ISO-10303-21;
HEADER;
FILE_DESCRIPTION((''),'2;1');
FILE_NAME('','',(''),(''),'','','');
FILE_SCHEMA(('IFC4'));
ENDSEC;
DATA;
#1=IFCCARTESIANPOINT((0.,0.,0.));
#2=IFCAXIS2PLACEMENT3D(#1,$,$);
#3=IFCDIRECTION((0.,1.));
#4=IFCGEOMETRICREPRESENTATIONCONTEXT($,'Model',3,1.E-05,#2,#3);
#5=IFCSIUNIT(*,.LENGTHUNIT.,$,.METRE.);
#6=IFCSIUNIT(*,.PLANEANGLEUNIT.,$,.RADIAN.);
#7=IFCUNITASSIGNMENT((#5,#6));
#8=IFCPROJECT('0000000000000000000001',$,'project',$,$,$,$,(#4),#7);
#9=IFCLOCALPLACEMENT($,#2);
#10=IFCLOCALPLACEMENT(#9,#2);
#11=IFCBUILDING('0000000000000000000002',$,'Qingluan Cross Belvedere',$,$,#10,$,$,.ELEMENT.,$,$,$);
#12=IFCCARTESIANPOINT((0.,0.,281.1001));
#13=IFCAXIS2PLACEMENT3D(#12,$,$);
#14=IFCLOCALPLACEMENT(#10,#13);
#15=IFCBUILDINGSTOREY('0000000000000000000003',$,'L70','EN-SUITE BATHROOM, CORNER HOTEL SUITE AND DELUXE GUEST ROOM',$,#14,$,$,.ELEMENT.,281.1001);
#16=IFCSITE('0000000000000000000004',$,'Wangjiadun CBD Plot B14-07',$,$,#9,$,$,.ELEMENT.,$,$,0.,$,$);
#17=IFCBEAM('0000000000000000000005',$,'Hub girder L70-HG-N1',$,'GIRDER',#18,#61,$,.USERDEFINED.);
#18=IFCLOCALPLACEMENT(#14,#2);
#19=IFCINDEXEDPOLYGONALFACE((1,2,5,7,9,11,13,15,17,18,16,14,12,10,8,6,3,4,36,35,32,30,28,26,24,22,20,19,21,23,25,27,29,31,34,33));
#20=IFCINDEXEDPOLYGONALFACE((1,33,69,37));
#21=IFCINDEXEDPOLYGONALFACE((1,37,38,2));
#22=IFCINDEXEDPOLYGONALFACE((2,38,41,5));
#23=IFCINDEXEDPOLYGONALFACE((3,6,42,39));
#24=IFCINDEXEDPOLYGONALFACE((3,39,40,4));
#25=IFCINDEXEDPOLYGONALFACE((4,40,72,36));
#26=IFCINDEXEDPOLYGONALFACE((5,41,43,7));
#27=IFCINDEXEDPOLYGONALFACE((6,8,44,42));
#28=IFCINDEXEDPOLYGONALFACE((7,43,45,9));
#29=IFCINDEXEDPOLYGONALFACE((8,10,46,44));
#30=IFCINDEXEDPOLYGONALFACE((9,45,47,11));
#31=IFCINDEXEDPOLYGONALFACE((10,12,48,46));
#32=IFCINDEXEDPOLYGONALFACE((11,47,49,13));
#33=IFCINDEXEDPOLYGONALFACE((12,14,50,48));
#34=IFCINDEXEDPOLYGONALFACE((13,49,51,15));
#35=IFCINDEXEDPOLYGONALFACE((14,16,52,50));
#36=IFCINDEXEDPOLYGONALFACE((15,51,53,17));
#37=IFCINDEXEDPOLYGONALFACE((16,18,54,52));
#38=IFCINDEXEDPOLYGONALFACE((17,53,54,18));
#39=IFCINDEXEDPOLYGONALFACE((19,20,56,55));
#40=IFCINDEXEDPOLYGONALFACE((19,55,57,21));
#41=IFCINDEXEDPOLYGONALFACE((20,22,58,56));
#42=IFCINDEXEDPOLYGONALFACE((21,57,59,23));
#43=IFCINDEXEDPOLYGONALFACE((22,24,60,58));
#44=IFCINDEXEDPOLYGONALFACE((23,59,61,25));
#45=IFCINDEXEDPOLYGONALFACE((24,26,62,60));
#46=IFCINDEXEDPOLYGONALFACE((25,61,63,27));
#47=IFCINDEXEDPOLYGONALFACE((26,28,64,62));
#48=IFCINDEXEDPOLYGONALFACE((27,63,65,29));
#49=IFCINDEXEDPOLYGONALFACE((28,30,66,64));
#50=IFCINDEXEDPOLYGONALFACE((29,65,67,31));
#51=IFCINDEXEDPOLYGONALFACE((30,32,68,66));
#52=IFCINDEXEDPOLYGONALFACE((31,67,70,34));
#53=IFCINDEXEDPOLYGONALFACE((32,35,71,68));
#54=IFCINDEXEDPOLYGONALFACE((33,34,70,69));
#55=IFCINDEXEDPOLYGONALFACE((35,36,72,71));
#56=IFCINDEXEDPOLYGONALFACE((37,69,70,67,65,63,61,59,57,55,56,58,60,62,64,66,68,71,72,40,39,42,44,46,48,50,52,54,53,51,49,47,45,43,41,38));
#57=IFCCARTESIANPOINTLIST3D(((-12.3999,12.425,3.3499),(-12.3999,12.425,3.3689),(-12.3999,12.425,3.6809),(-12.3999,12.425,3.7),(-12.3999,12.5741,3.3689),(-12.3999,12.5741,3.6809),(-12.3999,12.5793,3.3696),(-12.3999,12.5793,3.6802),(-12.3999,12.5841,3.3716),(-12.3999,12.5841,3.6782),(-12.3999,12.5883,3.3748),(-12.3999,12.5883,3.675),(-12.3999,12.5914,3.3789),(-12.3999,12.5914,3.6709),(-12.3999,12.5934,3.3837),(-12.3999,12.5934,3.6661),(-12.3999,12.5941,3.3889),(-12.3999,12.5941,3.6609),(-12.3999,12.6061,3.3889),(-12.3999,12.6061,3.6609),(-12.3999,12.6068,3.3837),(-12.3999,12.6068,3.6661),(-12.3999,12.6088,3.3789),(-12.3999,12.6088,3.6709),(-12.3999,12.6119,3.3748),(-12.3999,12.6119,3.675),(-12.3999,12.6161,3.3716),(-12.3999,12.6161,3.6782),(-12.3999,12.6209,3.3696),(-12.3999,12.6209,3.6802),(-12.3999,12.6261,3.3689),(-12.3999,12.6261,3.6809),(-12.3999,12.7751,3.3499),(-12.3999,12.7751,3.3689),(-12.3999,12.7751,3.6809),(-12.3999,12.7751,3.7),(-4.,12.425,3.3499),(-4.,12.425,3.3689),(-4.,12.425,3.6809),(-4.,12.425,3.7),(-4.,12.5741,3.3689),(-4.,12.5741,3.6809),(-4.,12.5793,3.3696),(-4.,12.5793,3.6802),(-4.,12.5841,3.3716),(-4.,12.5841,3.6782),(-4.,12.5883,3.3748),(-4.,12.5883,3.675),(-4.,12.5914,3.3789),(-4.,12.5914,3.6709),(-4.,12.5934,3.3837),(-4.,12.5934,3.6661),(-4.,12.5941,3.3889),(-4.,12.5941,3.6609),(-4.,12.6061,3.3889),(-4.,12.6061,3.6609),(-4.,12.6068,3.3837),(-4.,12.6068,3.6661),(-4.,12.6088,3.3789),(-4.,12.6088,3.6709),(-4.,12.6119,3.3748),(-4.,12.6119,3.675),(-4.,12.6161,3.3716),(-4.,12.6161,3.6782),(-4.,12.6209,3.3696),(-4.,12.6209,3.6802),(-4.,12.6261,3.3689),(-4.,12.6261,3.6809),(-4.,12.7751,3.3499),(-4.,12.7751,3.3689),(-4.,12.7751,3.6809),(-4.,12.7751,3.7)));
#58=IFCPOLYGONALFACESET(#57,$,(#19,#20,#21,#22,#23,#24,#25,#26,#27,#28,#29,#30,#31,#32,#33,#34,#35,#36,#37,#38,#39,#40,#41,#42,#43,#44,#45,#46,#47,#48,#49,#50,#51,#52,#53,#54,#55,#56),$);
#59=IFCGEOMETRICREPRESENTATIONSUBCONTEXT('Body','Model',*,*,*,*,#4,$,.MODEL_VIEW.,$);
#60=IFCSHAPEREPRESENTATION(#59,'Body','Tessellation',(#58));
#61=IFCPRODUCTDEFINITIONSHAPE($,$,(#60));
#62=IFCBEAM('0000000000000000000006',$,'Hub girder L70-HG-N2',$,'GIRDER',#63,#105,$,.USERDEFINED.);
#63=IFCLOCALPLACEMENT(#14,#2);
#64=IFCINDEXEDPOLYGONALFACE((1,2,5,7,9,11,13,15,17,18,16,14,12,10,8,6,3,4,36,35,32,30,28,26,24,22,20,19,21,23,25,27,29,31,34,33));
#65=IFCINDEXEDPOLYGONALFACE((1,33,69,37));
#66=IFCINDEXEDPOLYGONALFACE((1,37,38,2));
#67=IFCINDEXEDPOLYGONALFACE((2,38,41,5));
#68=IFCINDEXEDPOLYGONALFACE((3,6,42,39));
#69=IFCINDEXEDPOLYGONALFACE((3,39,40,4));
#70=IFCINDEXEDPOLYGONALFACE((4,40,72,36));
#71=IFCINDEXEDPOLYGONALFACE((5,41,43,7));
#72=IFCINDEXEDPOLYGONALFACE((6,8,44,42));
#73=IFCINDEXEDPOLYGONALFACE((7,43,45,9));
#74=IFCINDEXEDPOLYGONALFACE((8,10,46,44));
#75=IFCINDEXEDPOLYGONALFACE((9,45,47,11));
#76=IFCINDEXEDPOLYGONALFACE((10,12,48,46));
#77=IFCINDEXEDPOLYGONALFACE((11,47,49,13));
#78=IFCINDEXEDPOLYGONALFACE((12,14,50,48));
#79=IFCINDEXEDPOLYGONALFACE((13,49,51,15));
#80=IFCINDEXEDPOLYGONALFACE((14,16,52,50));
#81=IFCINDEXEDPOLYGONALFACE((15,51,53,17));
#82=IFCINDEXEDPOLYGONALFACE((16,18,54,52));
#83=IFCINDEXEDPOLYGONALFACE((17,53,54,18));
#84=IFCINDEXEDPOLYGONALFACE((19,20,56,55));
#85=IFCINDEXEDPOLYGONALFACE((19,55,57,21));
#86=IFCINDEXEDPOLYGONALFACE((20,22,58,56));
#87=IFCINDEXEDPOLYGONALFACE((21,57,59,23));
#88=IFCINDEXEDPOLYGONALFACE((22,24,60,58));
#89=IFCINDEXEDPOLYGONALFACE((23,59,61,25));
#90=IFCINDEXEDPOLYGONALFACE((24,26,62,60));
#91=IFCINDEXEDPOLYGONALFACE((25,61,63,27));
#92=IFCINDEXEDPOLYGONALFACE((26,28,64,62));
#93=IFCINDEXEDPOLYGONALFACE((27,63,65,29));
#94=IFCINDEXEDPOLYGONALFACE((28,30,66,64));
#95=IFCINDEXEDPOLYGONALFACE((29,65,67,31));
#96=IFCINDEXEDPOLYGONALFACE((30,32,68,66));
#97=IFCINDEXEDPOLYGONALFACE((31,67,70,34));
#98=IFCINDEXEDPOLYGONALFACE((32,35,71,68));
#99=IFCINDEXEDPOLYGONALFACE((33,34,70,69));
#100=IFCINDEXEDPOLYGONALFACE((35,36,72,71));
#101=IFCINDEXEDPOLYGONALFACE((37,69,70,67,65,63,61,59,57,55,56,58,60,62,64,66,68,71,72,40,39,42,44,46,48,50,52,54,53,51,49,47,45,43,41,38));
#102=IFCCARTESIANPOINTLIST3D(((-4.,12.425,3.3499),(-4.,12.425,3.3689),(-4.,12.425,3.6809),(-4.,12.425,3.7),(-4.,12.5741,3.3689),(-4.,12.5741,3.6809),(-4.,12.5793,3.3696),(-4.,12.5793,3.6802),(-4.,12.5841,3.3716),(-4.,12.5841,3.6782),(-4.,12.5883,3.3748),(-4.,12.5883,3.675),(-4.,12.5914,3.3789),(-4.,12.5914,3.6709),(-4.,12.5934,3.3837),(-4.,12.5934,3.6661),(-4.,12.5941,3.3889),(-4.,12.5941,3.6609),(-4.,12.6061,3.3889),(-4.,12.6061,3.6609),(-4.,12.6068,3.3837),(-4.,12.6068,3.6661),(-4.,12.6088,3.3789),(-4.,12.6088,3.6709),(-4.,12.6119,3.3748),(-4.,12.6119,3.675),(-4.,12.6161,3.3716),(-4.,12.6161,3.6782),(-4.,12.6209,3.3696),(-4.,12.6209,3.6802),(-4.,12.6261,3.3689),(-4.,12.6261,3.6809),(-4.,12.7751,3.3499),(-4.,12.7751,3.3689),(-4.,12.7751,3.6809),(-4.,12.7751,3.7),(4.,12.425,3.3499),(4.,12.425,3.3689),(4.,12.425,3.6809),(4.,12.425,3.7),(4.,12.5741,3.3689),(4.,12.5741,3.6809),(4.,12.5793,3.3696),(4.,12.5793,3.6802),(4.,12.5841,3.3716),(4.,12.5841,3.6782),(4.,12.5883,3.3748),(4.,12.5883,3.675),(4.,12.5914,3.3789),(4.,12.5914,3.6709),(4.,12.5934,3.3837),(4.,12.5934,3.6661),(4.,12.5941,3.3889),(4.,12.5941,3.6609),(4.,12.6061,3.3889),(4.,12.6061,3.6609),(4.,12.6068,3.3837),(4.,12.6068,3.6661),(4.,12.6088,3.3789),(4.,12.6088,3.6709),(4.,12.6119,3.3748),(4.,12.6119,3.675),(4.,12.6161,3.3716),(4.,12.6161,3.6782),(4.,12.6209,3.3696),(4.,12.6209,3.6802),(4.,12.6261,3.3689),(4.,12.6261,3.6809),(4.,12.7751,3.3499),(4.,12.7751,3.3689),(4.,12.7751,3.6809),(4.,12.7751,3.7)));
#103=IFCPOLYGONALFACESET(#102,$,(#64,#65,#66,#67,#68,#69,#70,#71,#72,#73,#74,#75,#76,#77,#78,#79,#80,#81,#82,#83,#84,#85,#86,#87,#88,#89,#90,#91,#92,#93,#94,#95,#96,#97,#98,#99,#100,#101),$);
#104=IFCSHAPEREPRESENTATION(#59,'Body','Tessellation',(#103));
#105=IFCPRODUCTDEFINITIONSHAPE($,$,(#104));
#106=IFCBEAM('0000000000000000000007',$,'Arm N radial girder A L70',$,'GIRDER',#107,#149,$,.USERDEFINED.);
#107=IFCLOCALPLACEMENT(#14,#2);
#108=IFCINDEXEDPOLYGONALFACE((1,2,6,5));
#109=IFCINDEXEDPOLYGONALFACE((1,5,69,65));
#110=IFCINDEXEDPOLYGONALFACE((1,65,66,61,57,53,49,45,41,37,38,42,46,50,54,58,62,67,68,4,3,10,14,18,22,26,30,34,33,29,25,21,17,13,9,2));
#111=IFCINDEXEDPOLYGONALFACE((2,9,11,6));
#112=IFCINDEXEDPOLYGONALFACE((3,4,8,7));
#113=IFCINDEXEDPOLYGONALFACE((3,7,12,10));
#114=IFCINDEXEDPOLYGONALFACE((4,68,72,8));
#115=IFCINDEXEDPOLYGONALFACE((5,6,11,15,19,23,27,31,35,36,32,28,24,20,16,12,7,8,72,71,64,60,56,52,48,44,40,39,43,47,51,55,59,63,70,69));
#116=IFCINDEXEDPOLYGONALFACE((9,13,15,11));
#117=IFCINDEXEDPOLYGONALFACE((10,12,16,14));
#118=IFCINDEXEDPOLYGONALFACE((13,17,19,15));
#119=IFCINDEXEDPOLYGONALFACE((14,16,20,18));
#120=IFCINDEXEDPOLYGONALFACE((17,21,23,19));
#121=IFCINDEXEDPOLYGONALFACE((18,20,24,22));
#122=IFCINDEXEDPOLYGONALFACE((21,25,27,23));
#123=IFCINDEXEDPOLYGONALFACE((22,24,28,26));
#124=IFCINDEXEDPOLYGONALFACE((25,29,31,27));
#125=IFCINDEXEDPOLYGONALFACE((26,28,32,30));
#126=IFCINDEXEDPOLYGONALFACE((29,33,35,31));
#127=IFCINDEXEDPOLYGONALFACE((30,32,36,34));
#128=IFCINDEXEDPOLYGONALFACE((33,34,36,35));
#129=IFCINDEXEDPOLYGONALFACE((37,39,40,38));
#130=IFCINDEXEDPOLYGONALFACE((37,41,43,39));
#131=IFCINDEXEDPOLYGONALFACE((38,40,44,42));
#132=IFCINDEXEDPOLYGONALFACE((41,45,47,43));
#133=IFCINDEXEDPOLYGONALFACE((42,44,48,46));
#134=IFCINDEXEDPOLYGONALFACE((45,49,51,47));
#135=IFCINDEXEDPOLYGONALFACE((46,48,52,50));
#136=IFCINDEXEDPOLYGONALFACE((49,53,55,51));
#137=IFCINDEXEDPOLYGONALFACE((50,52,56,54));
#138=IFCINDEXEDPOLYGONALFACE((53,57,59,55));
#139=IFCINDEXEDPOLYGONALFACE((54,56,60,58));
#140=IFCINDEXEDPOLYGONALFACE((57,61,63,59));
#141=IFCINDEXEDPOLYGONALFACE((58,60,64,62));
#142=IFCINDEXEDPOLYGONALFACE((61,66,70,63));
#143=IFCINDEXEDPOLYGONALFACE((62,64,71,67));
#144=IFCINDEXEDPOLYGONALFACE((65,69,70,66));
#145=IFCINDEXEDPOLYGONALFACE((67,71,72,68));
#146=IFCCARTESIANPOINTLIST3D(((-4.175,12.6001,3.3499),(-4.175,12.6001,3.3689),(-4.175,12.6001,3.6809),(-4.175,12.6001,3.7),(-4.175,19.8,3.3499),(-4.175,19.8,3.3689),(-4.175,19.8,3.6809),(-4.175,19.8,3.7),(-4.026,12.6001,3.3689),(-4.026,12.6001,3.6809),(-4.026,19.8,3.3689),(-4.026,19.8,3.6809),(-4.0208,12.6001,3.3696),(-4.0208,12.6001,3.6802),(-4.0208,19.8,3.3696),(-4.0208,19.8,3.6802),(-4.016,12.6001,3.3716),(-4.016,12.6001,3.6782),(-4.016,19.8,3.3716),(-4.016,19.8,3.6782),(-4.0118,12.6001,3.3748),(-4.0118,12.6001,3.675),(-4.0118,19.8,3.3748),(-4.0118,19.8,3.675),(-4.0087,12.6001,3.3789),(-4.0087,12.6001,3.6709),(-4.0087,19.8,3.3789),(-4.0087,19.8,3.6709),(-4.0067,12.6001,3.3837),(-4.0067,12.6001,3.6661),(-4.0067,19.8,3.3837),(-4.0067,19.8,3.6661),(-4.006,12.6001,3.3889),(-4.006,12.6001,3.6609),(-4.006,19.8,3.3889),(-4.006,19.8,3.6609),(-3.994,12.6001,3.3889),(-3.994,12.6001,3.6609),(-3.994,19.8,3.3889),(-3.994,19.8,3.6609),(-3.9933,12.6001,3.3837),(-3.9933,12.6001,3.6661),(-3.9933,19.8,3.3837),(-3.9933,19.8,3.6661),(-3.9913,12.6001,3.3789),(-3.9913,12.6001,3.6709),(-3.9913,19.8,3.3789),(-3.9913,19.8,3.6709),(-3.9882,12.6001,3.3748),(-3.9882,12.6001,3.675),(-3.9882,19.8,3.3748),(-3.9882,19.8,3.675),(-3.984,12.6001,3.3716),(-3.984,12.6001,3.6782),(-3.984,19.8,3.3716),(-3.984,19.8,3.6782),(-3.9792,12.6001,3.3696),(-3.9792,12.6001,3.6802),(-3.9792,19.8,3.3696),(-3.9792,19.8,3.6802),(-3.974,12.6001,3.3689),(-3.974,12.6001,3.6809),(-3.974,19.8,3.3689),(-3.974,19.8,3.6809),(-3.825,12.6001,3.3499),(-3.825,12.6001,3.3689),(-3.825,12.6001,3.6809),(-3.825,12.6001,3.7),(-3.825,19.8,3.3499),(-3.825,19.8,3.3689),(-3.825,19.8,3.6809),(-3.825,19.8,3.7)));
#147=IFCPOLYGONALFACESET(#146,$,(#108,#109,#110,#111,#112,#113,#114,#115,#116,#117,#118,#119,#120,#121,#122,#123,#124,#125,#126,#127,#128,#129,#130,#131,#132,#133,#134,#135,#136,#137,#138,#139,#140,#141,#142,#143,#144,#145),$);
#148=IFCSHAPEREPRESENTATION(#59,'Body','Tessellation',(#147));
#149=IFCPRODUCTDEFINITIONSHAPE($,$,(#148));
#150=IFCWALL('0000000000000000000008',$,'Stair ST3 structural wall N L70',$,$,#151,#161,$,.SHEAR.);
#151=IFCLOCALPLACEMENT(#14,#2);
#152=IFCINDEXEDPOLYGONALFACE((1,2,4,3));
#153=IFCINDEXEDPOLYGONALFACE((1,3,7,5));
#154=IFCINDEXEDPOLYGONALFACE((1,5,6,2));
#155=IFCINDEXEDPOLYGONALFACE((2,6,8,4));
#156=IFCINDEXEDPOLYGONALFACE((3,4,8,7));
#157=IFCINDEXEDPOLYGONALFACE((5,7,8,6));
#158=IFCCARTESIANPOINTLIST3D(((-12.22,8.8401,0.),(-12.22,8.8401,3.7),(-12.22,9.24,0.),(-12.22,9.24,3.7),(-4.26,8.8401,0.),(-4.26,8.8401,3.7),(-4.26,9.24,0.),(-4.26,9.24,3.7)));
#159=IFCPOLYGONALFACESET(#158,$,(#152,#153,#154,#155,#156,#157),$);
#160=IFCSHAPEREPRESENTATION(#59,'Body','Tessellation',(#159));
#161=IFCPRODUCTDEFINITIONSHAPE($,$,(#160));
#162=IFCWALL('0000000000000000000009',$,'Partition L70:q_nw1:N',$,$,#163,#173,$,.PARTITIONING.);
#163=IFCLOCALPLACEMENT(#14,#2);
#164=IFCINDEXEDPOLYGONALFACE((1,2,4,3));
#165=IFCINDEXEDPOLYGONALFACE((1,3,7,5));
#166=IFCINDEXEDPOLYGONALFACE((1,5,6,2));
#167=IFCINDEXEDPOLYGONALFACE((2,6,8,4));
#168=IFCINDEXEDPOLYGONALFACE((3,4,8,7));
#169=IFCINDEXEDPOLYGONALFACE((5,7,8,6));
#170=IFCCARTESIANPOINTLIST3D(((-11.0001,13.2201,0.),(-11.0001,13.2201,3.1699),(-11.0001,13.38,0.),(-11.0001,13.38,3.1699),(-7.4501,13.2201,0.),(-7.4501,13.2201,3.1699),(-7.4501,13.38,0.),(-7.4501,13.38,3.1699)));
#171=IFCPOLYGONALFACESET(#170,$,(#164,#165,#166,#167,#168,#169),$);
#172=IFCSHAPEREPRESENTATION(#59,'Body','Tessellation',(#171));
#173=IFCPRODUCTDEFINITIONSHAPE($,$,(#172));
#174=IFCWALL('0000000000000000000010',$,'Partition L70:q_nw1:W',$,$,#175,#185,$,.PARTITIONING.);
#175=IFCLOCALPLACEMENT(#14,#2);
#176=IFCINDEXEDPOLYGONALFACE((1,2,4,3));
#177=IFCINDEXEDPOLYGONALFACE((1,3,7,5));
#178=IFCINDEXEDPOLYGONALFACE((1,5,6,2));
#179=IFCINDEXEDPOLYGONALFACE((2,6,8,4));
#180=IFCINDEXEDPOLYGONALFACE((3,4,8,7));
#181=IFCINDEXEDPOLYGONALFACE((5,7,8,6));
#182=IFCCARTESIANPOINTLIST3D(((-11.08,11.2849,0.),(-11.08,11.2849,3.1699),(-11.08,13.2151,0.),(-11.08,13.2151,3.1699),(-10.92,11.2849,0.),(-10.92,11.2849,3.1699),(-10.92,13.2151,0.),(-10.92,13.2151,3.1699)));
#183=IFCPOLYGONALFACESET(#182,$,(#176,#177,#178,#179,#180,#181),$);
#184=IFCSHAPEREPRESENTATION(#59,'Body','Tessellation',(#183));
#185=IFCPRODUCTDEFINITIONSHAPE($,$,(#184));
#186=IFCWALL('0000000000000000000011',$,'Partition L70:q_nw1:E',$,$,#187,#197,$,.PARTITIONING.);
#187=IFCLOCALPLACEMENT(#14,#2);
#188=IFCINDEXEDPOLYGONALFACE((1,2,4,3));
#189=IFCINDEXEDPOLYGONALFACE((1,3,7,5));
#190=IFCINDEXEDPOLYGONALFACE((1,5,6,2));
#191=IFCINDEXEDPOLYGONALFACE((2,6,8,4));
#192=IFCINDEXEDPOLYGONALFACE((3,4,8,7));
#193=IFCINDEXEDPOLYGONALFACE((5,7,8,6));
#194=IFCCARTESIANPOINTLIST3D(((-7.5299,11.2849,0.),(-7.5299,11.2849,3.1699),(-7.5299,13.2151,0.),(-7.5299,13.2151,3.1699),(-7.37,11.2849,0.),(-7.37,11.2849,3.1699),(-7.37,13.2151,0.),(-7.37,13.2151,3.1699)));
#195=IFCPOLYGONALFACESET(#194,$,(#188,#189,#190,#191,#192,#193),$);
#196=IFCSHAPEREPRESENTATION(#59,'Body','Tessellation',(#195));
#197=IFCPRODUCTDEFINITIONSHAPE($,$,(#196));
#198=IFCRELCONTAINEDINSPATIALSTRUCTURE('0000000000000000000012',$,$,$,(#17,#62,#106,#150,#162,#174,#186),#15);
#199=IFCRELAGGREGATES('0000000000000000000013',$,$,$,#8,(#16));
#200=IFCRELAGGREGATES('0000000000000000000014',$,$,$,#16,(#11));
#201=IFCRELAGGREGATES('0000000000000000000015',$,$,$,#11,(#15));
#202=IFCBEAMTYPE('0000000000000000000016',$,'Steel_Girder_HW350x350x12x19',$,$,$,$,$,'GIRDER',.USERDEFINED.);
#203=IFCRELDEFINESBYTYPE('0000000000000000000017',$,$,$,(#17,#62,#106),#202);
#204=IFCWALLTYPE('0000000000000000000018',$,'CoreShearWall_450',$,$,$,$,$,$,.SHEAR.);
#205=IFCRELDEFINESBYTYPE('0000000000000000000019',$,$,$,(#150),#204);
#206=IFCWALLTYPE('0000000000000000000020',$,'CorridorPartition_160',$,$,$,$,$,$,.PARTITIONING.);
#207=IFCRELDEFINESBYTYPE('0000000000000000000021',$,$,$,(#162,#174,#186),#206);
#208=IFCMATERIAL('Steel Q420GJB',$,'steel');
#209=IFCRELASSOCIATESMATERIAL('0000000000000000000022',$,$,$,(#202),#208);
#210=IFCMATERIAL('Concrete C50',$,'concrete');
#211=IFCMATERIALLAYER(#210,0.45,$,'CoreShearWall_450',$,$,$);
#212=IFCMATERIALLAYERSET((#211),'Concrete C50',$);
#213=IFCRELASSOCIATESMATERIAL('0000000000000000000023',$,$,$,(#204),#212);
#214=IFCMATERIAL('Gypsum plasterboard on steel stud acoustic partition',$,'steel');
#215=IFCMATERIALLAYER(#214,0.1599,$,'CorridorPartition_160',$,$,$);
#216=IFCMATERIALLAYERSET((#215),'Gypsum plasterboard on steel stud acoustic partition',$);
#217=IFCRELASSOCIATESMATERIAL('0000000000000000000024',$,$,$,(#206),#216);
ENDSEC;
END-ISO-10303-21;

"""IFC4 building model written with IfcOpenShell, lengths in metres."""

from ifc_helpers import new_model, si_unit, direction, frame, frame_2d, origin, origin_2d, place, context, subcontext, project, spatial, rectangle, i_section, extrude, material, layer, layer_set, material_profile, profile_set, type_object, element, save


model = new_model("IFC4")

# Units and contexts
model_context = context("Model", 3, precision=1e-05, world=origin(), true_north=direction((0.0, 1.0)))
body_context = subcontext(model_context, "Body", "Model", "MODEL_VIEW")
ifc_project = project(units=[si_unit("LENGTHUNIT", "METRE"), si_unit("PLANEANGLEUNIT", "RADIAN")], contexts=[model_context])

# Site, building, storey
site_placement = place(None, origin())
site = spatial("IfcSite", under=ifc_project, at=site_placement, Name="Wangjiadun CBD Plot B14-07", CompositionType="ELEMENT", RefElevation=0.0)
building_placement = place(site_placement, origin())
building = spatial("IfcBuilding", under=site, at=building_placement, Name="Qingluan Cross Belvedere", CompositionType="ELEMENT")
storey_placement = place(building_placement, frame((0.0, 0.0, 281.1001)))
storey = spatial("IfcBuildingStorey", under=building, at=storey_placement, Name="L70", Description="EN-SUITE BATHROOM, CORNER HOTEL SUITE AND DELUXE GUEST ROOM", CompositionType="ELEMENT", Elevation=281.1001)

# Beams
ifc_material_1 = material(Name="Steel Q420GJB", Category="steel")
ifc_material_profile_1 = material_profile(ifc_material_1, i_section(OverallWidth=0.3501, OverallDepth=0.3501, WebThickness=0.012, FlangeThickness=0.019, FilletRadius=0.02, at=origin_2d()), Name="HW350x350x12x19")
ifc_profile_set_1 = profile_set([ifc_material_profile_1], Name="Steel Q420GJB")
beam_type_1 = type_object("IfcBeamType", Name="Steel_Girder_HW350x350x12x19", ElementType="GIRDER", PredefinedType="USERDEFINED", material=ifc_profile_set_1)
beam_1_placement = place(storey_placement, frame((-12.3999, 12.6001, 3.5249), z_axis=(1.0, 0.0, 0.0), x_axis=(0.0, 1.0, 0.0)))
element("IfcBeam", 1, at=beam_1_placement, inside=storey, type_object=beam_type_1, Name="Hub girder L70-HG-N1", ObjectType="GIRDER", PredefinedType="USERDEFINED", context=body_context, shape_type="SweptSolid", body=[
    extrude(i_section(OverallWidth=0.3501, OverallDepth=0.3501, WebThickness=0.012, FlangeThickness=0.019, FilletRadius=0.02, at=origin_2d()), origin(), (0.0, 0.0, 1.0), 8.3999),
])
beam_2_placement = place(storey_placement, frame((-4.0, 12.6001, 3.5249), z_axis=(1.0, 0.0, 0.0), x_axis=(0.0, 1.0, 0.0)))
element("IfcBeam", 2, at=beam_2_placement, inside=storey, type_object=beam_type_1, Name="Hub girder L70-HG-N2", ObjectType="GIRDER", PredefinedType="USERDEFINED", context=body_context, shape_type="SweptSolid", body=[
    extrude(i_section(OverallWidth=0.3501, OverallDepth=0.3501, WebThickness=0.012, FlangeThickness=0.019, FilletRadius=0.02, at=origin_2d()), origin(), (0.0, 0.0, 1.0), 8.0),
])
beam_3_placement = place(storey_placement, frame((-4.0, 12.6001, 3.5249), z_axis=(0.0, 1.0, 0.0), x_axis=(-1.0, 0.0, 0.0)))
element("IfcBeam", 3, at=beam_3_placement, inside=storey, type_object=beam_type_1, Name="Arm N radial girder A L70", ObjectType="GIRDER", PredefinedType="USERDEFINED", context=body_context, shape_type="SweptSolid", body=[
    extrude(i_section(OverallWidth=0.3501, OverallDepth=0.3501, WebThickness=0.012, FlangeThickness=0.019, FilletRadius=0.02, at=origin_2d()), origin(), (0.0, 0.0, 1.0), 7.2),
])

# Wall
ifc_material_2 = material(Name="Concrete C50", Category="concrete")
ifc_layer_1 = layer(ifc_material_2, 0.45, Name="CoreShearWall_450")
ifc_layer_set_1 = layer_set([ifc_layer_1], Name="Concrete C50")
wall_type_1 = type_object("IfcWallType", Name="CoreShearWall_450", PredefinedType="SHEAR", material=ifc_layer_set_1)
wall_1_placement = place(storey_placement, frame((-12.22, 9.04, 0.0), z_axis=(0.0, 0.0, 1.0), x_axis=(1.0, 0.0, 0.0)))
element("IfcWall", 4, at=wall_1_placement, inside=storey, type_object=wall_type_1, Name="Stair ST3 structural wall N L70", PredefinedType="SHEAR", context=body_context, shape_type="SweptSolid", body=[
    extrude(rectangle(XDim=7.96, YDim=0.3999, at=frame_2d((3.98, 0.0))), origin(), (0.0, 0.0, 1.0), 3.7),
])

# Shared definitions
ifc_material_3 = material(Name="Gypsum plasterboard on steel stud acoustic partition", Category="steel")
ifc_layer_2 = layer(ifc_material_3, 0.1599, Name="CorridorPartition_160")
ifc_layer_set_2 = layer_set([ifc_layer_2], Name="Gypsum plasterboard on steel stud acoustic partition")
wall_type_2 = type_object("IfcWallType", Name="CorridorPartition_160", PredefinedType="PARTITIONING", material=ifc_layer_set_2)

# Walls
wall_2_placement = place(storey_placement, frame((-11.0, 13.3, 0.0), z_axis=(0.0, 0.0, 1.0), x_axis=(1.0, 0.0, 0.0)))
element("IfcWall", 5, at=wall_2_placement, inside=storey, type_object=wall_type_2, Name="Partition L70:q_nw1:N", PredefinedType="PARTITIONING", context=body_context, shape_type="SweptSolid", body=[
    extrude(rectangle(XDim=3.55, YDim=0.1599, at=frame_2d((1.7749, 0.0))), origin(), (0.0, 0.0, 1.0), 3.1699),
])
for number, where, z_axis, x_axis, name in (
    (6, (-11.0, 11.2849, 0.0), (0.0, 0.0, 1.0), (0.0, 1.0, 0.0), "Partition L70:q_nw1:W"),
    (7, (-7.45, 11.2849, 0.0), (0.0, 0.0, 1.0), (0.0, 1.0, 0.0), "Partition L70:q_nw1:E"),
):
    element("IfcWall", number, at=place(storey_placement, frame(where, z_axis=z_axis, x_axis=x_axis)), inside=storey, type_object=wall_type_2, Name=name, PredefinedType="PARTITIONING", context=body_context, shape_type="SweptSolid", body=[
        extrude(rectangle(XDim=1.9302, YDim=0.1599, at=frame_2d((0.9651, 0.0))), origin(), (0.0, 0.0, 1.0), 3.1699),
    ])

save(model, "model.ifc")
